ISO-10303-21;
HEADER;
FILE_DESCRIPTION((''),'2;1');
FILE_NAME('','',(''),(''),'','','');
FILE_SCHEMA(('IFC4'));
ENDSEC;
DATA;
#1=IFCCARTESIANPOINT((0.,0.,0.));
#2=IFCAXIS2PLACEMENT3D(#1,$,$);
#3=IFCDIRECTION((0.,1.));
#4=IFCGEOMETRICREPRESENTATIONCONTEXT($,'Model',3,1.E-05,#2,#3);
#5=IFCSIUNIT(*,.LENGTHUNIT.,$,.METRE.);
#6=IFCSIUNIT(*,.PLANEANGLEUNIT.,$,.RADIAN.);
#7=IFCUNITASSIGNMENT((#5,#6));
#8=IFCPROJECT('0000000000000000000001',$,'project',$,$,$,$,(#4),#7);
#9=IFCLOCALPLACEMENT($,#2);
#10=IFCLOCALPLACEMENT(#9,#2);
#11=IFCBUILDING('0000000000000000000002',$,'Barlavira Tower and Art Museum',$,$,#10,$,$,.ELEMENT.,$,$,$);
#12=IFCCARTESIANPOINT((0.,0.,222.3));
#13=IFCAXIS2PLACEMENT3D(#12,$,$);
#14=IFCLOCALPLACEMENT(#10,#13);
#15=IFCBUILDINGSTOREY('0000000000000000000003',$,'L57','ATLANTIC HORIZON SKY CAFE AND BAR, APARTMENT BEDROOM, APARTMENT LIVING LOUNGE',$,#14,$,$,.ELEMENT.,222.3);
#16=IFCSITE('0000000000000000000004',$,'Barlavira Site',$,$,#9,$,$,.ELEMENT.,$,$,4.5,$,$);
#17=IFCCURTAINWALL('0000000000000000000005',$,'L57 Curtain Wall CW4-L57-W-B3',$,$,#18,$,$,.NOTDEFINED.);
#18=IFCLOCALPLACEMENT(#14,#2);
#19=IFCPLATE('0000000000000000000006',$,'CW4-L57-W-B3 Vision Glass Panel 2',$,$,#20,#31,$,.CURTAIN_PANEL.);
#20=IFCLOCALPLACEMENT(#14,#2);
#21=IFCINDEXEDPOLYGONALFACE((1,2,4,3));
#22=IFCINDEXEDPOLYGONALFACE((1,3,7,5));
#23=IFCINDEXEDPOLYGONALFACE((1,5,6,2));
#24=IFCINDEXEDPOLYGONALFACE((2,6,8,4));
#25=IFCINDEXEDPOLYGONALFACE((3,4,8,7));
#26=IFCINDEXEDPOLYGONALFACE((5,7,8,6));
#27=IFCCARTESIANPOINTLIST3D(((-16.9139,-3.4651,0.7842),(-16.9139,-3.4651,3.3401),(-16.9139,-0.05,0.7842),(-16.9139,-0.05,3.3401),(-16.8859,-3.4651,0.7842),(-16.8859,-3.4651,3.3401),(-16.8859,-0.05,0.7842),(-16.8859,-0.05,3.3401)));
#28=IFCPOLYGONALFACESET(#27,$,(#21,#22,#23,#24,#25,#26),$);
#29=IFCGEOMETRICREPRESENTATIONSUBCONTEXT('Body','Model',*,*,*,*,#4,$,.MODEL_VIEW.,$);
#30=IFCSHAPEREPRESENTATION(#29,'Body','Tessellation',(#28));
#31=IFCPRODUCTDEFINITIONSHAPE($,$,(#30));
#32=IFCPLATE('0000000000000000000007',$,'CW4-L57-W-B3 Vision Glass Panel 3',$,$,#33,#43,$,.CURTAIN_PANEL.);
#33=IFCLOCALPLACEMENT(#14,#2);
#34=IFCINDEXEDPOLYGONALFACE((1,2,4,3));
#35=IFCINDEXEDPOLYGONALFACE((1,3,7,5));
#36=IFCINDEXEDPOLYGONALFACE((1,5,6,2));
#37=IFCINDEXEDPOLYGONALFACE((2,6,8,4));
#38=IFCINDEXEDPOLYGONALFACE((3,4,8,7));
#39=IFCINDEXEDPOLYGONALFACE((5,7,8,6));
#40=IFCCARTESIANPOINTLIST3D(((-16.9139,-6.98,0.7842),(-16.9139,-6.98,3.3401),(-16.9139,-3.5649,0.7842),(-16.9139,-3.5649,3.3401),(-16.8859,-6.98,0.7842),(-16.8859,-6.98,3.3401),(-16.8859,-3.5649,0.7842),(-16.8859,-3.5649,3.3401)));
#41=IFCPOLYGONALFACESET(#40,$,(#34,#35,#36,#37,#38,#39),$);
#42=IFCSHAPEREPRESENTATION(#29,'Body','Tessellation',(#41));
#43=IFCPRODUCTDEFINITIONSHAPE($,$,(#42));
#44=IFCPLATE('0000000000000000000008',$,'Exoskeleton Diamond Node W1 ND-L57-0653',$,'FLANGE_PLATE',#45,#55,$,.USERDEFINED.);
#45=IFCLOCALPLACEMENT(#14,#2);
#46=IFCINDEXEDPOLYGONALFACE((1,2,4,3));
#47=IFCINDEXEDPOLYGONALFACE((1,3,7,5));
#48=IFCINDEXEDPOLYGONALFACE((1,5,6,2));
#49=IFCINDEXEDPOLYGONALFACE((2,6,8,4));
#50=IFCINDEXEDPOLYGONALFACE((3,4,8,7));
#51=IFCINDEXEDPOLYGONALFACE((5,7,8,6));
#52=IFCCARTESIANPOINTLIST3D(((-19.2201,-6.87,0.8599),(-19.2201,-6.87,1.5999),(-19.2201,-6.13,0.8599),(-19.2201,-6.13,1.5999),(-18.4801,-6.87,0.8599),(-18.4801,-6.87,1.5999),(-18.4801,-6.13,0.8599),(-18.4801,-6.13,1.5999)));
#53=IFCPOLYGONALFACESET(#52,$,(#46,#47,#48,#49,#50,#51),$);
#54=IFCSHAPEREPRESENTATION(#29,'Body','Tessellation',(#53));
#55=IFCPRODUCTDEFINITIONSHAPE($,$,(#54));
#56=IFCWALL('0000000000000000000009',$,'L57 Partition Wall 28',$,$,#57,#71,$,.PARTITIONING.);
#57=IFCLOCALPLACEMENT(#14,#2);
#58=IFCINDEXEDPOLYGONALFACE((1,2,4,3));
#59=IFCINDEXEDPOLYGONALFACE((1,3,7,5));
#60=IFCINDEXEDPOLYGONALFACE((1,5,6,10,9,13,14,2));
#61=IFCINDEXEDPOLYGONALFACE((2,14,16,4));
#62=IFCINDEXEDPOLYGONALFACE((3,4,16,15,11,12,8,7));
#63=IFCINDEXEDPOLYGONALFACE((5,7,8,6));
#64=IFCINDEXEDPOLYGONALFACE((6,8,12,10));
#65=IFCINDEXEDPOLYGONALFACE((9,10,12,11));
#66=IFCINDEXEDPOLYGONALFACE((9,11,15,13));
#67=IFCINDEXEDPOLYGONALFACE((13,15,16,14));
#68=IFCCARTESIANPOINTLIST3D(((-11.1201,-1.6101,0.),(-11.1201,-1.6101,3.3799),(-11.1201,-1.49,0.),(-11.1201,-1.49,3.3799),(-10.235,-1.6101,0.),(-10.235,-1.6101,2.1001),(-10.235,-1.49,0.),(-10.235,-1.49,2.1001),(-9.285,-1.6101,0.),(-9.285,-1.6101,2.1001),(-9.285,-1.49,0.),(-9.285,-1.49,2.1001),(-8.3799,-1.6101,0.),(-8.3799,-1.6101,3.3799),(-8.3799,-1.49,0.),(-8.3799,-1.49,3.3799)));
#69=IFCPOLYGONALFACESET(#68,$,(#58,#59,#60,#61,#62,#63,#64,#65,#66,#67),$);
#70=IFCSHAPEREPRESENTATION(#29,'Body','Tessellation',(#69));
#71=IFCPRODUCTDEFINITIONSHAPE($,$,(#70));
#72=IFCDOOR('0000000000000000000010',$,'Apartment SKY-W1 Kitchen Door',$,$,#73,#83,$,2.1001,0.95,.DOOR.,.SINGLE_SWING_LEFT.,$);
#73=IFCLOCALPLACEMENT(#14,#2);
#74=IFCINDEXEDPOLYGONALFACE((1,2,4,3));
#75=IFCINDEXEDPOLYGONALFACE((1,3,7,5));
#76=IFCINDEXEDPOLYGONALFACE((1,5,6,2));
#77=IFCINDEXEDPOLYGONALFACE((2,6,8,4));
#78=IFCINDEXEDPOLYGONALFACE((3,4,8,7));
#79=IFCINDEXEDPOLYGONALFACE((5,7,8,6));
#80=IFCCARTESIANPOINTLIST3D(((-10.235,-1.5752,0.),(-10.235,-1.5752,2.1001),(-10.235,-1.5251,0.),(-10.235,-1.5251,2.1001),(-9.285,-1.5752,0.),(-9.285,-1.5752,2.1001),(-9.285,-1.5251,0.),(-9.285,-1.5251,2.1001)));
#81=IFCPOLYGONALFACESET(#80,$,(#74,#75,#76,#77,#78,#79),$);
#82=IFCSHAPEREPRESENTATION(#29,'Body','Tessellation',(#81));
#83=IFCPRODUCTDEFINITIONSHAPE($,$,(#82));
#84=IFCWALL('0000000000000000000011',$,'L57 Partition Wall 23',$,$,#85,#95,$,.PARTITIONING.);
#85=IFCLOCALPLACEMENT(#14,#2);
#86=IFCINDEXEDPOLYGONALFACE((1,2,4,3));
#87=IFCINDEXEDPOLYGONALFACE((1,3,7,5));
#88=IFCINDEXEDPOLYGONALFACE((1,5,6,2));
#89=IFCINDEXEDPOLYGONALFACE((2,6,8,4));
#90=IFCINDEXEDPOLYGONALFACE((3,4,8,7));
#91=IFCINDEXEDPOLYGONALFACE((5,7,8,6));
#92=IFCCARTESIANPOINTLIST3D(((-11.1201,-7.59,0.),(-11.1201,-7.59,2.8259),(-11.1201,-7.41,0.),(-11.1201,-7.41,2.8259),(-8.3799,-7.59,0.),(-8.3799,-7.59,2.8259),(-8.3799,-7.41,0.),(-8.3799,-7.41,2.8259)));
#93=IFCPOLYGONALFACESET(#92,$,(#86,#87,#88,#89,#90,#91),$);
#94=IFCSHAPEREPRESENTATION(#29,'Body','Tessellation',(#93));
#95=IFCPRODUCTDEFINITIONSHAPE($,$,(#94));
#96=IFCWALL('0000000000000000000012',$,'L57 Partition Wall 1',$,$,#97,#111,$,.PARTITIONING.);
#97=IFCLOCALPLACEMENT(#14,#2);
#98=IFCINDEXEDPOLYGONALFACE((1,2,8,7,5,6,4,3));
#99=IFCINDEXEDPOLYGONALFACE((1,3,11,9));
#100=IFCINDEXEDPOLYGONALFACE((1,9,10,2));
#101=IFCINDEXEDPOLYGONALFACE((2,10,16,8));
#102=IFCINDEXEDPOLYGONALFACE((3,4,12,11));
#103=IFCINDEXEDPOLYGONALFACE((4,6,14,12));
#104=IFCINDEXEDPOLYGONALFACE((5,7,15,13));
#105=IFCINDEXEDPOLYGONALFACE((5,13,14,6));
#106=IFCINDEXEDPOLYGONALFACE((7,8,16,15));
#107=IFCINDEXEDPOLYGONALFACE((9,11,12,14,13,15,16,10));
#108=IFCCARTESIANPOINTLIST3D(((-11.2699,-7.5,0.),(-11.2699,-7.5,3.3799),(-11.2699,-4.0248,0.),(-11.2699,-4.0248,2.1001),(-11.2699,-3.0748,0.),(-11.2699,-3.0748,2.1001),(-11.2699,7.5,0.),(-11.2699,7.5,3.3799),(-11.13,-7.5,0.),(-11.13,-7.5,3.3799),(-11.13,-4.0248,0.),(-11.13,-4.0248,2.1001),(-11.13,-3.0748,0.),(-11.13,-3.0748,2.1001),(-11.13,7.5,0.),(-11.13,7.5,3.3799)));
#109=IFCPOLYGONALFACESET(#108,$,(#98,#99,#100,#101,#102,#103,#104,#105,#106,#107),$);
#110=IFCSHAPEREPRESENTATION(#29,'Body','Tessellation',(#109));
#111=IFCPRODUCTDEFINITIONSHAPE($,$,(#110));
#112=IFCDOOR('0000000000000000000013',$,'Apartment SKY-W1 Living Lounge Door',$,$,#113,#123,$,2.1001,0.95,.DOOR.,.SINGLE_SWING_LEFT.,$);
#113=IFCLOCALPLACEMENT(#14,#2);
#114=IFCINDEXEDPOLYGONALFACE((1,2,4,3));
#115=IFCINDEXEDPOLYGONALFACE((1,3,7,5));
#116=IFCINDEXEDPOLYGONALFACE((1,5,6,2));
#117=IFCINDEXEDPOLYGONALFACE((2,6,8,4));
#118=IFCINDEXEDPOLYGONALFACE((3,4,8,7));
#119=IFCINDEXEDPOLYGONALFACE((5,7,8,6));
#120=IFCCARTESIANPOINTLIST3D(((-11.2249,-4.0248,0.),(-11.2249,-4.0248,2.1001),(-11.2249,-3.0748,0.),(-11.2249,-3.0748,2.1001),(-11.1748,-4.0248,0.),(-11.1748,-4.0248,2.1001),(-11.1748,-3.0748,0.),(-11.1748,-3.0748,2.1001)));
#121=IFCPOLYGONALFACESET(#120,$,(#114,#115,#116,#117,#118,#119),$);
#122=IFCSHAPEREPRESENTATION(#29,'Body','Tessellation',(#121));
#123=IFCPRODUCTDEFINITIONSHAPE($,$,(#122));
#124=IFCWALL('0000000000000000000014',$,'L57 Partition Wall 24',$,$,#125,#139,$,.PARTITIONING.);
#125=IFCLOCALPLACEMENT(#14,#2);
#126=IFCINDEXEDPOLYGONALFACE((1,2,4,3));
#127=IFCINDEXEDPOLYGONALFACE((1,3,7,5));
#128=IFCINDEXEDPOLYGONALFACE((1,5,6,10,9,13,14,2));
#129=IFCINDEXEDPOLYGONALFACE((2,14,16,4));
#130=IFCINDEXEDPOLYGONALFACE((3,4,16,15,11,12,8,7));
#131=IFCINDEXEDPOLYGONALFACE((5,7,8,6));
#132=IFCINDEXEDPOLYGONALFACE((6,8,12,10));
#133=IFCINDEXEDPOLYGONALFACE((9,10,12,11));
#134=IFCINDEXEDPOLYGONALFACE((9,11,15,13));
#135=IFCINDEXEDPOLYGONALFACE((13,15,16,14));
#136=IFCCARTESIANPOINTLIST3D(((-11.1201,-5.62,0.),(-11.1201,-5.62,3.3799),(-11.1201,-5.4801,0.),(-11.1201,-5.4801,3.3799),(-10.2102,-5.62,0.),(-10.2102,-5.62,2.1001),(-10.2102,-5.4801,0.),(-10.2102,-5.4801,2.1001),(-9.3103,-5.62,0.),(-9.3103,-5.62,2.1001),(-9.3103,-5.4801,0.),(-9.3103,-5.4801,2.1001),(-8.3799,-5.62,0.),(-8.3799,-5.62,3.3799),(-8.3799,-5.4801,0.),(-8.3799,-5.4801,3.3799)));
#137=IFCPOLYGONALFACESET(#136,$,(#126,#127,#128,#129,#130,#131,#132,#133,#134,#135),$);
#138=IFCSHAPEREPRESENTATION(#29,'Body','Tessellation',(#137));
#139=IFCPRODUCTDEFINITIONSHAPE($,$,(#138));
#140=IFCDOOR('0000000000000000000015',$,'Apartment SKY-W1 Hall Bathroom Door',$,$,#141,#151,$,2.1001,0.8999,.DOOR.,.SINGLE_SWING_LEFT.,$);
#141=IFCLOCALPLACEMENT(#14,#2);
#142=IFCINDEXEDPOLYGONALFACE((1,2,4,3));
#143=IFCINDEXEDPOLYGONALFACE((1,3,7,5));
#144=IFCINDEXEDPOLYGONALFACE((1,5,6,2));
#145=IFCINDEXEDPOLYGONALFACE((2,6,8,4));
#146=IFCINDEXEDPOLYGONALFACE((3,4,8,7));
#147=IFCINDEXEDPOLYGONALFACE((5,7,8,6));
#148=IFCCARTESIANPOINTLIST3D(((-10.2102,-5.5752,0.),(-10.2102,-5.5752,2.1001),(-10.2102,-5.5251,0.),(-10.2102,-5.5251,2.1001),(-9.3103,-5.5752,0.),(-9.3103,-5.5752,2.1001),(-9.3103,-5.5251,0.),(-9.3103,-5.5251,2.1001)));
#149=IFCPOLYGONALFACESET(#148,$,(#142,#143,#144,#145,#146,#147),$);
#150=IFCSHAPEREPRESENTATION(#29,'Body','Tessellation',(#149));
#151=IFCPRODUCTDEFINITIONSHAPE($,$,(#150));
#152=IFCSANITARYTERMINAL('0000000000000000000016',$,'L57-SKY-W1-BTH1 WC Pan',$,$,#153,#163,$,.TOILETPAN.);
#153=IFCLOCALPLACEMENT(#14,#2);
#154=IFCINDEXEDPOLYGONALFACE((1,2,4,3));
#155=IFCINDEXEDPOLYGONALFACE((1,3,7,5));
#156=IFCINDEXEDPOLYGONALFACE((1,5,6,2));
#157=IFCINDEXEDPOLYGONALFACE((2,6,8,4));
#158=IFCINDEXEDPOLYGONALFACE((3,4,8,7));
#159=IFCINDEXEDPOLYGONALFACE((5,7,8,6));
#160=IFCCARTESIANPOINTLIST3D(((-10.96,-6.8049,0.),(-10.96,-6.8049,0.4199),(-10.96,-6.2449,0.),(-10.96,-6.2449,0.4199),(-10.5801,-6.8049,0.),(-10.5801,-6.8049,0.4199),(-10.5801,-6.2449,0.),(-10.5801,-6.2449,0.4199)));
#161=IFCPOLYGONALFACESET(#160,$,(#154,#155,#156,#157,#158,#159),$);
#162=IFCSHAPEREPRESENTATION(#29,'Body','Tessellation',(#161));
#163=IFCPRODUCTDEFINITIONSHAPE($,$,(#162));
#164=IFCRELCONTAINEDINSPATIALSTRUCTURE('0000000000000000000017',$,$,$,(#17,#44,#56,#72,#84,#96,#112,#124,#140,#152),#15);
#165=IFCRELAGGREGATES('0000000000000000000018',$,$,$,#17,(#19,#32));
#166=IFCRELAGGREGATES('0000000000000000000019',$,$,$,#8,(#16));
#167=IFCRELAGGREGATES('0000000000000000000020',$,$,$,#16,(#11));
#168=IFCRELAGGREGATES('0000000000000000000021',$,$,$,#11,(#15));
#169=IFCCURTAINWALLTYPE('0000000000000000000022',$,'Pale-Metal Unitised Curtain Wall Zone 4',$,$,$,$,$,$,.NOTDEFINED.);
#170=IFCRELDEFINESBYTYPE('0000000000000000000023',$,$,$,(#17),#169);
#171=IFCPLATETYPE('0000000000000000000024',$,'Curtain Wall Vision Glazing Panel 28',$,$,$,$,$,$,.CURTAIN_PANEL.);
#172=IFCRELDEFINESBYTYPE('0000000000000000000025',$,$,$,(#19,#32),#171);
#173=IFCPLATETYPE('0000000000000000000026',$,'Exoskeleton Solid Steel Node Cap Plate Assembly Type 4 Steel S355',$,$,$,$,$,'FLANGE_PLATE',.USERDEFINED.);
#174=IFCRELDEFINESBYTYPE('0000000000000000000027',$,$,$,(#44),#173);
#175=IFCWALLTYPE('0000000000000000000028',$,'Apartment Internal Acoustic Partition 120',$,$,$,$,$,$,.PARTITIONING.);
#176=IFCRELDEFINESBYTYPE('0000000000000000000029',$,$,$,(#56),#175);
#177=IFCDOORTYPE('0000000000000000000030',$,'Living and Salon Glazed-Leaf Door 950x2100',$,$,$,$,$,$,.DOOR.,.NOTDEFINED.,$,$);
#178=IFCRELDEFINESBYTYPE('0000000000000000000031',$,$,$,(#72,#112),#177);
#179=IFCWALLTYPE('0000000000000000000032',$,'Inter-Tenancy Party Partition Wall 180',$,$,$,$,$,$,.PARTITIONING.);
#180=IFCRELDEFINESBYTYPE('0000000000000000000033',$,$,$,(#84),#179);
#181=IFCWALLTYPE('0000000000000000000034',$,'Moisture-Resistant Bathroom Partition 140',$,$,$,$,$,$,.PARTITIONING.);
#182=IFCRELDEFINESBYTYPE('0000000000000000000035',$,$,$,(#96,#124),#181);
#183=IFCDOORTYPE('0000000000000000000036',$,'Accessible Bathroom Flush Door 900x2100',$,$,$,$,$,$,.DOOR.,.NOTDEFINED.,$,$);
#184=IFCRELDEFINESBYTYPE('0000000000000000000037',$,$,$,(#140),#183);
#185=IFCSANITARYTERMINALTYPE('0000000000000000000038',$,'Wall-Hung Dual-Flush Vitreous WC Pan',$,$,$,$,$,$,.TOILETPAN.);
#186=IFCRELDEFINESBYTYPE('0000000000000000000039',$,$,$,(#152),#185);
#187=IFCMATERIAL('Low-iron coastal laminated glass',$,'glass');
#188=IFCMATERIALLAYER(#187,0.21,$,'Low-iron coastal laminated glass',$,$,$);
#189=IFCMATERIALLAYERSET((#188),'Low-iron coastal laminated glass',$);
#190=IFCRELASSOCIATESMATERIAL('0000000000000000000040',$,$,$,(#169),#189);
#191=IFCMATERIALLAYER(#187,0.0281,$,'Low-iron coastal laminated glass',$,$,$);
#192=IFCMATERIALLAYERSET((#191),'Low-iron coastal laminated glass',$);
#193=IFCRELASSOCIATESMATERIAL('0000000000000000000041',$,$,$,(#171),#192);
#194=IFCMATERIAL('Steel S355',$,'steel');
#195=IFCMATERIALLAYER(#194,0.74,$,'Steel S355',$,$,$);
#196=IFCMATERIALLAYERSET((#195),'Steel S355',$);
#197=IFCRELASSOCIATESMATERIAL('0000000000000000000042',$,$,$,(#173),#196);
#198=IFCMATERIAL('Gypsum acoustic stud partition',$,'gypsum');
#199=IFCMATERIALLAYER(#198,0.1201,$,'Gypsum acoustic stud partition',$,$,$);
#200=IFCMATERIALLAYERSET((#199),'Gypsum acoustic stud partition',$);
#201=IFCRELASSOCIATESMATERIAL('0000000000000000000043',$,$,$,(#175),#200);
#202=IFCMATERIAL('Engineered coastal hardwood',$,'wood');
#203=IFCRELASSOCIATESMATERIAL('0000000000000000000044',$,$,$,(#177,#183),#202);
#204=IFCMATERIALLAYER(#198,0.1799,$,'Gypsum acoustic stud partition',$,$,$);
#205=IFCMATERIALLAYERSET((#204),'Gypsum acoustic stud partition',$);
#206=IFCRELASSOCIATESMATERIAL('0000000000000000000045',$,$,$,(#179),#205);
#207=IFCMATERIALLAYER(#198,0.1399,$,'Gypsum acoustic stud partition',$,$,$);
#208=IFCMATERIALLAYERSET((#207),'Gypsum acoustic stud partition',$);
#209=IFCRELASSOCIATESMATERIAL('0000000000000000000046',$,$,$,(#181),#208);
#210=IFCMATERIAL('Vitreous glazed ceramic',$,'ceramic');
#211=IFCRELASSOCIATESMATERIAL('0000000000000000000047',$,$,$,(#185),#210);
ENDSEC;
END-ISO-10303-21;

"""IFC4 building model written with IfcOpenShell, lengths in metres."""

from ifc_helpers import new_model, si_unit, direction, frame, frame_2d, origin, origin_2d, place, context, subcontext, project, spatial, rectangle, extrude, material, layer, layer_set, type_object, element, fill, aggregate, save


model = new_model("IFC4")

# Units and contexts
model_context = context("Model", 3, precision=1e-05, world=origin(), true_north=direction((0.0, 1.0)))
body_context = subcontext(model_context, "Body", "Model", "MODEL_VIEW")
ifc_project = project(units=[si_unit("LENGTHUNIT", "METRE"), si_unit("PLANEANGLEUNIT", "RADIAN")], contexts=[model_context])

# Site, building, storey
site_placement = place(None, origin())
site = spatial("IfcSite", under=ifc_project, at=site_placement, Name="Barlavira Site", CompositionType="ELEMENT", RefElevation=4.5)
building_placement = place(site_placement, origin())
building = spatial("IfcBuilding", under=site, at=building_placement, Name="Barlavira Tower and Art Museum", CompositionType="ELEMENT")
storey_placement = place(building_placement, frame((0.0, 0.0, 222.3)))
storey = spatial("IfcBuildingStorey", under=building, at=storey_placement, Name="L57", Description="ATLANTIC HORIZON SKY CAFE AND BAR, APARTMENT BEDROOM, APARTMENT LIVING LOUNGE", CompositionType="ELEMENT", Elevation=222.3)

# Curtain wall, plates
ifc_material_1 = material(Name="Low-iron coastal laminated glass", Category="glass")
ifc_layer_1 = layer(ifc_material_1, 0.21, Name="Low-iron coastal laminated glass")
ifc_layer_set_1 = layer_set([ifc_layer_1], Name="Low-iron coastal laminated glass")
curtain_wall_type = type_object("IfcCurtainWallType", Name="Pale-Metal Unitised Curtain Wall Zone 4", PredefinedType="NOTDEFINED", material=ifc_layer_set_1)
curtain_wall_placement = place(storey_placement, origin())
curtain_wall = element("IfcCurtainWall", 1, at=curtain_wall_placement, inside=storey, type_object=curtain_wall_type, Name="L57 Curtain Wall CW4-L57-W-B3", PredefinedType="NOTDEFINED")
ifc_layer_2 = layer(ifc_material_1, 0.0281, Name="Low-iron coastal laminated glass")
ifc_layer_set_2 = layer_set([ifc_layer_2], Name="Low-iron coastal laminated glass")
plate_type_1 = type_object("IfcPlateType", Name="Curtain Wall Vision Glazing Panel 28", PredefinedType="CURTAIN_PANEL", material=ifc_layer_set_2)
plate_1_placement = place(storey_placement, frame((-16.8999, -1.7576, 0.7842), z_axis=(0.0, 0.0, 1.0), x_axis=(0.0, -1.0, 0.0)))
plate_1 = element("IfcPlate", 2, at=plate_1_placement, type_object=plate_type_1, Name="CW4-L57-W-B3 Vision Glass Panel 2", PredefinedType="CURTAIN_PANEL", context=body_context, shape_type="SweptSolid", body=[
    extrude(rectangle(XDim=3.415, YDim=0.0281, at=origin_2d()), origin(), (0.0, 0.0, 1.0), 2.5559),
])
plate_2_placement = place(storey_placement, frame((-16.8999, -5.2725, 0.7842), z_axis=(0.0, 0.0, 1.0), x_axis=(0.0, -1.0, 0.0)))
plate_2 = element("IfcPlate", 3, at=plate_2_placement, type_object=plate_type_1, Name="CW4-L57-W-B3 Vision Glass Panel 3", PredefinedType="CURTAIN_PANEL", context=body_context, shape_type="SweptSolid", body=[
    extrude(rectangle(XDim=3.415, YDim=0.0281, at=origin_2d()), origin(), (0.0, 0.0, 1.0), 2.5559),
])
aggregate(curtain_wall, [plate_1, plate_2])

# Plate
ifc_material_2 = material(Name="Steel S355", Category="steel")
ifc_layer_3 = layer(ifc_material_2, 0.74, Name="Steel S355")
ifc_layer_set_3 = layer_set([ifc_layer_3], Name="Steel S355")
plate_type_2 = type_object("IfcPlateType", Name="Exoskeleton Solid Steel Node Cap Plate Assembly Type 4 Steel S355", ElementType="FLANGE_PLATE", PredefinedType="USERDEFINED", material=ifc_layer_set_3)
plate_3_placement = place(storey_placement, frame((-18.8501, -6.5, 0.8599), z_axis=(0.0, 0.0, 1.0), x_axis=(1.0, 0.0, 0.0)))
element("IfcPlate", 4, at=plate_3_placement, inside=storey, type_object=plate_type_2, Name="Exoskeleton Diamond Node W1 ND-L57-0653", ObjectType="FLANGE_PLATE", PredefinedType="USERDEFINED", context=body_context, shape_type="SweptSolid", body=[
    extrude(rectangle(XDim=0.74, YDim=0.74, at=origin_2d()), origin(), (0.0, 0.0, 1.0), 0.74),
])

# Wall, opening, door
ifc_material_3 = material(Name="Gypsum acoustic stud partition", Category="gypsum")
ifc_layer_4 = layer(ifc_material_3, 0.1201, Name="Gypsum acoustic stud partition")
ifc_layer_set_4 = layer_set([ifc_layer_4], Name="Gypsum acoustic stud partition")
wall_type_1 = type_object("IfcWallType", Name="Apartment Internal Acoustic Partition 120", PredefinedType="PARTITIONING", material=ifc_layer_set_4)
wall_1_placement = place(storey_placement, frame((-11.1201, -1.55, 0.0), z_axis=(0.0, 0.0, 1.0), x_axis=(1.0, 0.0, 0.0)))
wall_1 = element("IfcWall", 5, at=wall_1_placement, inside=storey, type_object=wall_type_1, Name="L57 Partition Wall 28", PredefinedType="PARTITIONING", context=body_context, shape_type="SweptSolid", body=[
    extrude(rectangle(XDim=2.7402, YDim=0.1201, at=frame_2d((1.3701, 0.0))), origin(), (0.0, 0.0, 1.0), 3.3799),
])
opening_1_placement = place(wall_1_placement, frame((0.885, 0.0, 0.0)))
opening_1 = element("IfcOpeningElement", 6, at=opening_1_placement, cuts=wall_1, PredefinedType="OPENING", context=body_context, shape_type="SweptSolid", body=[
    extrude(rectangle(XDim=0.95, YDim=2.1001, at=frame_2d((0.4751, 1.05))), frame((0.0, 0.0701, 0.0), z_axis=(0.0, -1.0, 0.0), x_axis=(1.0, 0.0, 0.0)), (0.0, 0.0, 1.0), 0.1401),
])
ifc_material_4 = material(Name="Engineered coastal hardwood", Category="wood")
door_type_1 = type_object("IfcDoorType", Name="Living and Salon Glazed-Leaf Door 950x2100", OperationType="NOTDEFINED", PredefinedType="DOOR", material=ifc_material_4)
door_1_placement = place(opening_1_placement, origin())
door_1 = element("IfcDoor", 7, at=door_1_placement, inside=storey, type_object=door_type_1, Name="Apartment SKY-W1 Kitchen Door", OperationType="SINGLE_SWING_LEFT", OverallHeight=2.1001, OverallWidth=0.95, PredefinedType="DOOR", context=body_context, shape_type="SweptSolid", body=[
    extrude(rectangle(XDim=0.95, YDim=2.1001, at=frame_2d((0.4751, 1.05))), frame((0.0, 0.0249, 0.0), z_axis=(0.0, -1.0, 0.0), x_axis=(1.0, 0.0, 0.0)), (0.0, 0.0, 1.0), 0.05),
])
fill(opening_1, door_1)

# Wall
ifc_layer_5 = layer(ifc_material_3, 0.1799, Name="Gypsum acoustic stud partition")
ifc_layer_set_5 = layer_set([ifc_layer_5], Name="Gypsum acoustic stud partition")
wall_type_2 = type_object("IfcWallType", Name="Inter-Tenancy Party Partition Wall 180", PredefinedType="PARTITIONING", material=ifc_layer_set_5)
wall_2_placement = place(storey_placement, frame((-11.1201, -7.5, 0.0), z_axis=(0.0, 0.0, 1.0), x_axis=(1.0, 0.0, 0.0)))
element("IfcWall", 8, at=wall_2_placement, inside=storey, type_object=wall_type_2, Name="L57 Partition Wall 23", PredefinedType="PARTITIONING", context=body_context, shape_type="SweptSolid", body=[
    extrude(rectangle(XDim=2.7402, YDim=0.1799, at=frame_2d((1.3701, 0.0))), origin(), (0.0, 0.0, 1.0), 2.8259),
])

# Walls, openings, doors
ifc_layer_6 = layer(ifc_material_3, 0.1399, Name="Gypsum acoustic stud partition")
ifc_layer_set_6 = layer_set([ifc_layer_6], Name="Gypsum acoustic stud partition")
wall_type_3 = type_object("IfcWallType", Name="Moisture-Resistant Bathroom Partition 140", PredefinedType="PARTITIONING", material=ifc_layer_set_6)
wall_3_placement = place(storey_placement, frame((-11.2, -7.5, 0.0), z_axis=(0.0, 0.0, 1.0), x_axis=(0.0, 1.0, 0.0)))
wall_3 = element("IfcWall", 9, at=wall_3_placement, inside=storey, type_object=wall_type_3, Name="L57 Partition Wall 1", PredefinedType="PARTITIONING", context=body_context, shape_type="SweptSolid", body=[
    extrude(rectangle(XDim=15.0, YDim=0.1399, at=frame_2d((7.5, 0.0))), origin(), (0.0, 0.0, 1.0), 3.3799),
])
opening_2_placement = place(wall_3_placement, frame((3.4751, 0.0, 0.0)))
opening_2 = element("IfcOpeningElement", 10, at=opening_2_placement, cuts=wall_3, PredefinedType="OPENING", context=body_context, shape_type="SweptSolid", body=[
    extrude(rectangle(XDim=0.95, YDim=2.1001, at=frame_2d((0.4751, 1.05))), frame((0.0, 0.0801, 0.0), z_axis=(0.0, -1.0, 0.0), x_axis=(1.0, 0.0, 0.0)), (0.0, 0.0, 1.0), 0.1599),
])
door_2_placement = place(opening_2_placement, origin())
door_2 = element("IfcDoor", 11, at=door_2_placement, inside=storey, type_object=door_type_1, Name="Apartment SKY-W1 Living Lounge Door", OperationType="SINGLE_SWING_LEFT", OverallHeight=2.1001, OverallWidth=0.95, PredefinedType="DOOR", context=body_context, shape_type="SweptSolid", body=[
    extrude(rectangle(XDim=0.95, YDim=2.1001, at=frame_2d((0.4751, 1.05))), frame((0.0, 0.0249, 0.0), z_axis=(0.0, -1.0, 0.0), x_axis=(1.0, 0.0, 0.0)), (0.0, 0.0, 1.0), 0.05),
])
fill(opening_2, door_2)
wall_4_placement = place(storey_placement, frame((-11.1201, -5.55, 0.0), z_axis=(0.0, 0.0, 1.0), x_axis=(1.0, 0.0, 0.0)))
wall_4 = element("IfcWall", 12, at=wall_4_placement, inside=storey, type_object=wall_type_3, Name="L57 Partition Wall 24", PredefinedType="PARTITIONING", context=body_context, shape_type="SweptSolid", body=[
    extrude(rectangle(XDim=2.7402, YDim=0.1399, at=frame_2d((1.3701, 0.0))), origin(), (0.0, 0.0, 1.0), 3.3799),
])
opening_3_placement = place(wall_4_placement, frame((0.9099, 0.0, 0.0)))
opening_3 = element("IfcOpeningElement", 13, at=opening_3_placement, cuts=wall_4, PredefinedType="OPENING", context=body_context, shape_type="SweptSolid", body=[
    extrude(rectangle(XDim=0.8999, YDim=2.1001, at=frame_2d((0.45, 1.05))), frame((0.0, 0.0801, 0.0), z_axis=(0.0, -1.0, 0.0), x_axis=(1.0, 0.0, 0.0)), (0.0, 0.0, 1.0), 0.1599),
])
door_type_2 = type_object("IfcDoorType", Name="Accessible Bathroom Flush Door 900x2100", OperationType="NOTDEFINED", PredefinedType="DOOR", material=ifc_material_4)
door_3_placement = place(opening_3_placement, origin())
door_3 = element("IfcDoor", 14, at=door_3_placement, inside=storey, type_object=door_type_2, Name="Apartment SKY-W1 Hall Bathroom Door", OperationType="SINGLE_SWING_LEFT", OverallHeight=2.1001, OverallWidth=0.8999, PredefinedType="DOOR", context=body_context, shape_type="SweptSolid", body=[
    extrude(rectangle(XDim=0.8999, YDim=2.1001, at=frame_2d((0.45, 1.05))), frame((0.0, 0.0249, 0.0), z_axis=(0.0, -1.0, 0.0), x_axis=(1.0, 0.0, 0.0)), (0.0, 0.0, 1.0), 0.05),
])
fill(opening_3, door_3)

# Sanitary terminal
ifc_material_5 = material(Name="Vitreous glazed ceramic", Category="ceramic")
sanitary_terminal_type = type_object("IfcSanitaryTerminalType", Name="Wall-Hung Dual-Flush Vitreous WC Pan", PredefinedType="TOILETPAN", material=ifc_material_5)
sanitary_terminal_placement = place(storey_placement, frame((-10.77, -6.5249, 0.0), z_axis=(0.0, 0.0, 1.0), x_axis=(1.0, 0.0, 0.0)))
element("IfcSanitaryTerminal", 15, at=sanitary_terminal_placement, inside=storey, type_object=sanitary_terminal_type, Name="L57-SKY-W1-BTH1 WC Pan", PredefinedType="TOILETPAN", context=body_context, shape_type="SweptSolid", body=[
    extrude(rectangle(XDim=0.3799, YDim=0.5601, at=origin_2d()), origin(), (0.0, 0.0, 1.0), 0.4199),
])

save(model, "model.ifc")
